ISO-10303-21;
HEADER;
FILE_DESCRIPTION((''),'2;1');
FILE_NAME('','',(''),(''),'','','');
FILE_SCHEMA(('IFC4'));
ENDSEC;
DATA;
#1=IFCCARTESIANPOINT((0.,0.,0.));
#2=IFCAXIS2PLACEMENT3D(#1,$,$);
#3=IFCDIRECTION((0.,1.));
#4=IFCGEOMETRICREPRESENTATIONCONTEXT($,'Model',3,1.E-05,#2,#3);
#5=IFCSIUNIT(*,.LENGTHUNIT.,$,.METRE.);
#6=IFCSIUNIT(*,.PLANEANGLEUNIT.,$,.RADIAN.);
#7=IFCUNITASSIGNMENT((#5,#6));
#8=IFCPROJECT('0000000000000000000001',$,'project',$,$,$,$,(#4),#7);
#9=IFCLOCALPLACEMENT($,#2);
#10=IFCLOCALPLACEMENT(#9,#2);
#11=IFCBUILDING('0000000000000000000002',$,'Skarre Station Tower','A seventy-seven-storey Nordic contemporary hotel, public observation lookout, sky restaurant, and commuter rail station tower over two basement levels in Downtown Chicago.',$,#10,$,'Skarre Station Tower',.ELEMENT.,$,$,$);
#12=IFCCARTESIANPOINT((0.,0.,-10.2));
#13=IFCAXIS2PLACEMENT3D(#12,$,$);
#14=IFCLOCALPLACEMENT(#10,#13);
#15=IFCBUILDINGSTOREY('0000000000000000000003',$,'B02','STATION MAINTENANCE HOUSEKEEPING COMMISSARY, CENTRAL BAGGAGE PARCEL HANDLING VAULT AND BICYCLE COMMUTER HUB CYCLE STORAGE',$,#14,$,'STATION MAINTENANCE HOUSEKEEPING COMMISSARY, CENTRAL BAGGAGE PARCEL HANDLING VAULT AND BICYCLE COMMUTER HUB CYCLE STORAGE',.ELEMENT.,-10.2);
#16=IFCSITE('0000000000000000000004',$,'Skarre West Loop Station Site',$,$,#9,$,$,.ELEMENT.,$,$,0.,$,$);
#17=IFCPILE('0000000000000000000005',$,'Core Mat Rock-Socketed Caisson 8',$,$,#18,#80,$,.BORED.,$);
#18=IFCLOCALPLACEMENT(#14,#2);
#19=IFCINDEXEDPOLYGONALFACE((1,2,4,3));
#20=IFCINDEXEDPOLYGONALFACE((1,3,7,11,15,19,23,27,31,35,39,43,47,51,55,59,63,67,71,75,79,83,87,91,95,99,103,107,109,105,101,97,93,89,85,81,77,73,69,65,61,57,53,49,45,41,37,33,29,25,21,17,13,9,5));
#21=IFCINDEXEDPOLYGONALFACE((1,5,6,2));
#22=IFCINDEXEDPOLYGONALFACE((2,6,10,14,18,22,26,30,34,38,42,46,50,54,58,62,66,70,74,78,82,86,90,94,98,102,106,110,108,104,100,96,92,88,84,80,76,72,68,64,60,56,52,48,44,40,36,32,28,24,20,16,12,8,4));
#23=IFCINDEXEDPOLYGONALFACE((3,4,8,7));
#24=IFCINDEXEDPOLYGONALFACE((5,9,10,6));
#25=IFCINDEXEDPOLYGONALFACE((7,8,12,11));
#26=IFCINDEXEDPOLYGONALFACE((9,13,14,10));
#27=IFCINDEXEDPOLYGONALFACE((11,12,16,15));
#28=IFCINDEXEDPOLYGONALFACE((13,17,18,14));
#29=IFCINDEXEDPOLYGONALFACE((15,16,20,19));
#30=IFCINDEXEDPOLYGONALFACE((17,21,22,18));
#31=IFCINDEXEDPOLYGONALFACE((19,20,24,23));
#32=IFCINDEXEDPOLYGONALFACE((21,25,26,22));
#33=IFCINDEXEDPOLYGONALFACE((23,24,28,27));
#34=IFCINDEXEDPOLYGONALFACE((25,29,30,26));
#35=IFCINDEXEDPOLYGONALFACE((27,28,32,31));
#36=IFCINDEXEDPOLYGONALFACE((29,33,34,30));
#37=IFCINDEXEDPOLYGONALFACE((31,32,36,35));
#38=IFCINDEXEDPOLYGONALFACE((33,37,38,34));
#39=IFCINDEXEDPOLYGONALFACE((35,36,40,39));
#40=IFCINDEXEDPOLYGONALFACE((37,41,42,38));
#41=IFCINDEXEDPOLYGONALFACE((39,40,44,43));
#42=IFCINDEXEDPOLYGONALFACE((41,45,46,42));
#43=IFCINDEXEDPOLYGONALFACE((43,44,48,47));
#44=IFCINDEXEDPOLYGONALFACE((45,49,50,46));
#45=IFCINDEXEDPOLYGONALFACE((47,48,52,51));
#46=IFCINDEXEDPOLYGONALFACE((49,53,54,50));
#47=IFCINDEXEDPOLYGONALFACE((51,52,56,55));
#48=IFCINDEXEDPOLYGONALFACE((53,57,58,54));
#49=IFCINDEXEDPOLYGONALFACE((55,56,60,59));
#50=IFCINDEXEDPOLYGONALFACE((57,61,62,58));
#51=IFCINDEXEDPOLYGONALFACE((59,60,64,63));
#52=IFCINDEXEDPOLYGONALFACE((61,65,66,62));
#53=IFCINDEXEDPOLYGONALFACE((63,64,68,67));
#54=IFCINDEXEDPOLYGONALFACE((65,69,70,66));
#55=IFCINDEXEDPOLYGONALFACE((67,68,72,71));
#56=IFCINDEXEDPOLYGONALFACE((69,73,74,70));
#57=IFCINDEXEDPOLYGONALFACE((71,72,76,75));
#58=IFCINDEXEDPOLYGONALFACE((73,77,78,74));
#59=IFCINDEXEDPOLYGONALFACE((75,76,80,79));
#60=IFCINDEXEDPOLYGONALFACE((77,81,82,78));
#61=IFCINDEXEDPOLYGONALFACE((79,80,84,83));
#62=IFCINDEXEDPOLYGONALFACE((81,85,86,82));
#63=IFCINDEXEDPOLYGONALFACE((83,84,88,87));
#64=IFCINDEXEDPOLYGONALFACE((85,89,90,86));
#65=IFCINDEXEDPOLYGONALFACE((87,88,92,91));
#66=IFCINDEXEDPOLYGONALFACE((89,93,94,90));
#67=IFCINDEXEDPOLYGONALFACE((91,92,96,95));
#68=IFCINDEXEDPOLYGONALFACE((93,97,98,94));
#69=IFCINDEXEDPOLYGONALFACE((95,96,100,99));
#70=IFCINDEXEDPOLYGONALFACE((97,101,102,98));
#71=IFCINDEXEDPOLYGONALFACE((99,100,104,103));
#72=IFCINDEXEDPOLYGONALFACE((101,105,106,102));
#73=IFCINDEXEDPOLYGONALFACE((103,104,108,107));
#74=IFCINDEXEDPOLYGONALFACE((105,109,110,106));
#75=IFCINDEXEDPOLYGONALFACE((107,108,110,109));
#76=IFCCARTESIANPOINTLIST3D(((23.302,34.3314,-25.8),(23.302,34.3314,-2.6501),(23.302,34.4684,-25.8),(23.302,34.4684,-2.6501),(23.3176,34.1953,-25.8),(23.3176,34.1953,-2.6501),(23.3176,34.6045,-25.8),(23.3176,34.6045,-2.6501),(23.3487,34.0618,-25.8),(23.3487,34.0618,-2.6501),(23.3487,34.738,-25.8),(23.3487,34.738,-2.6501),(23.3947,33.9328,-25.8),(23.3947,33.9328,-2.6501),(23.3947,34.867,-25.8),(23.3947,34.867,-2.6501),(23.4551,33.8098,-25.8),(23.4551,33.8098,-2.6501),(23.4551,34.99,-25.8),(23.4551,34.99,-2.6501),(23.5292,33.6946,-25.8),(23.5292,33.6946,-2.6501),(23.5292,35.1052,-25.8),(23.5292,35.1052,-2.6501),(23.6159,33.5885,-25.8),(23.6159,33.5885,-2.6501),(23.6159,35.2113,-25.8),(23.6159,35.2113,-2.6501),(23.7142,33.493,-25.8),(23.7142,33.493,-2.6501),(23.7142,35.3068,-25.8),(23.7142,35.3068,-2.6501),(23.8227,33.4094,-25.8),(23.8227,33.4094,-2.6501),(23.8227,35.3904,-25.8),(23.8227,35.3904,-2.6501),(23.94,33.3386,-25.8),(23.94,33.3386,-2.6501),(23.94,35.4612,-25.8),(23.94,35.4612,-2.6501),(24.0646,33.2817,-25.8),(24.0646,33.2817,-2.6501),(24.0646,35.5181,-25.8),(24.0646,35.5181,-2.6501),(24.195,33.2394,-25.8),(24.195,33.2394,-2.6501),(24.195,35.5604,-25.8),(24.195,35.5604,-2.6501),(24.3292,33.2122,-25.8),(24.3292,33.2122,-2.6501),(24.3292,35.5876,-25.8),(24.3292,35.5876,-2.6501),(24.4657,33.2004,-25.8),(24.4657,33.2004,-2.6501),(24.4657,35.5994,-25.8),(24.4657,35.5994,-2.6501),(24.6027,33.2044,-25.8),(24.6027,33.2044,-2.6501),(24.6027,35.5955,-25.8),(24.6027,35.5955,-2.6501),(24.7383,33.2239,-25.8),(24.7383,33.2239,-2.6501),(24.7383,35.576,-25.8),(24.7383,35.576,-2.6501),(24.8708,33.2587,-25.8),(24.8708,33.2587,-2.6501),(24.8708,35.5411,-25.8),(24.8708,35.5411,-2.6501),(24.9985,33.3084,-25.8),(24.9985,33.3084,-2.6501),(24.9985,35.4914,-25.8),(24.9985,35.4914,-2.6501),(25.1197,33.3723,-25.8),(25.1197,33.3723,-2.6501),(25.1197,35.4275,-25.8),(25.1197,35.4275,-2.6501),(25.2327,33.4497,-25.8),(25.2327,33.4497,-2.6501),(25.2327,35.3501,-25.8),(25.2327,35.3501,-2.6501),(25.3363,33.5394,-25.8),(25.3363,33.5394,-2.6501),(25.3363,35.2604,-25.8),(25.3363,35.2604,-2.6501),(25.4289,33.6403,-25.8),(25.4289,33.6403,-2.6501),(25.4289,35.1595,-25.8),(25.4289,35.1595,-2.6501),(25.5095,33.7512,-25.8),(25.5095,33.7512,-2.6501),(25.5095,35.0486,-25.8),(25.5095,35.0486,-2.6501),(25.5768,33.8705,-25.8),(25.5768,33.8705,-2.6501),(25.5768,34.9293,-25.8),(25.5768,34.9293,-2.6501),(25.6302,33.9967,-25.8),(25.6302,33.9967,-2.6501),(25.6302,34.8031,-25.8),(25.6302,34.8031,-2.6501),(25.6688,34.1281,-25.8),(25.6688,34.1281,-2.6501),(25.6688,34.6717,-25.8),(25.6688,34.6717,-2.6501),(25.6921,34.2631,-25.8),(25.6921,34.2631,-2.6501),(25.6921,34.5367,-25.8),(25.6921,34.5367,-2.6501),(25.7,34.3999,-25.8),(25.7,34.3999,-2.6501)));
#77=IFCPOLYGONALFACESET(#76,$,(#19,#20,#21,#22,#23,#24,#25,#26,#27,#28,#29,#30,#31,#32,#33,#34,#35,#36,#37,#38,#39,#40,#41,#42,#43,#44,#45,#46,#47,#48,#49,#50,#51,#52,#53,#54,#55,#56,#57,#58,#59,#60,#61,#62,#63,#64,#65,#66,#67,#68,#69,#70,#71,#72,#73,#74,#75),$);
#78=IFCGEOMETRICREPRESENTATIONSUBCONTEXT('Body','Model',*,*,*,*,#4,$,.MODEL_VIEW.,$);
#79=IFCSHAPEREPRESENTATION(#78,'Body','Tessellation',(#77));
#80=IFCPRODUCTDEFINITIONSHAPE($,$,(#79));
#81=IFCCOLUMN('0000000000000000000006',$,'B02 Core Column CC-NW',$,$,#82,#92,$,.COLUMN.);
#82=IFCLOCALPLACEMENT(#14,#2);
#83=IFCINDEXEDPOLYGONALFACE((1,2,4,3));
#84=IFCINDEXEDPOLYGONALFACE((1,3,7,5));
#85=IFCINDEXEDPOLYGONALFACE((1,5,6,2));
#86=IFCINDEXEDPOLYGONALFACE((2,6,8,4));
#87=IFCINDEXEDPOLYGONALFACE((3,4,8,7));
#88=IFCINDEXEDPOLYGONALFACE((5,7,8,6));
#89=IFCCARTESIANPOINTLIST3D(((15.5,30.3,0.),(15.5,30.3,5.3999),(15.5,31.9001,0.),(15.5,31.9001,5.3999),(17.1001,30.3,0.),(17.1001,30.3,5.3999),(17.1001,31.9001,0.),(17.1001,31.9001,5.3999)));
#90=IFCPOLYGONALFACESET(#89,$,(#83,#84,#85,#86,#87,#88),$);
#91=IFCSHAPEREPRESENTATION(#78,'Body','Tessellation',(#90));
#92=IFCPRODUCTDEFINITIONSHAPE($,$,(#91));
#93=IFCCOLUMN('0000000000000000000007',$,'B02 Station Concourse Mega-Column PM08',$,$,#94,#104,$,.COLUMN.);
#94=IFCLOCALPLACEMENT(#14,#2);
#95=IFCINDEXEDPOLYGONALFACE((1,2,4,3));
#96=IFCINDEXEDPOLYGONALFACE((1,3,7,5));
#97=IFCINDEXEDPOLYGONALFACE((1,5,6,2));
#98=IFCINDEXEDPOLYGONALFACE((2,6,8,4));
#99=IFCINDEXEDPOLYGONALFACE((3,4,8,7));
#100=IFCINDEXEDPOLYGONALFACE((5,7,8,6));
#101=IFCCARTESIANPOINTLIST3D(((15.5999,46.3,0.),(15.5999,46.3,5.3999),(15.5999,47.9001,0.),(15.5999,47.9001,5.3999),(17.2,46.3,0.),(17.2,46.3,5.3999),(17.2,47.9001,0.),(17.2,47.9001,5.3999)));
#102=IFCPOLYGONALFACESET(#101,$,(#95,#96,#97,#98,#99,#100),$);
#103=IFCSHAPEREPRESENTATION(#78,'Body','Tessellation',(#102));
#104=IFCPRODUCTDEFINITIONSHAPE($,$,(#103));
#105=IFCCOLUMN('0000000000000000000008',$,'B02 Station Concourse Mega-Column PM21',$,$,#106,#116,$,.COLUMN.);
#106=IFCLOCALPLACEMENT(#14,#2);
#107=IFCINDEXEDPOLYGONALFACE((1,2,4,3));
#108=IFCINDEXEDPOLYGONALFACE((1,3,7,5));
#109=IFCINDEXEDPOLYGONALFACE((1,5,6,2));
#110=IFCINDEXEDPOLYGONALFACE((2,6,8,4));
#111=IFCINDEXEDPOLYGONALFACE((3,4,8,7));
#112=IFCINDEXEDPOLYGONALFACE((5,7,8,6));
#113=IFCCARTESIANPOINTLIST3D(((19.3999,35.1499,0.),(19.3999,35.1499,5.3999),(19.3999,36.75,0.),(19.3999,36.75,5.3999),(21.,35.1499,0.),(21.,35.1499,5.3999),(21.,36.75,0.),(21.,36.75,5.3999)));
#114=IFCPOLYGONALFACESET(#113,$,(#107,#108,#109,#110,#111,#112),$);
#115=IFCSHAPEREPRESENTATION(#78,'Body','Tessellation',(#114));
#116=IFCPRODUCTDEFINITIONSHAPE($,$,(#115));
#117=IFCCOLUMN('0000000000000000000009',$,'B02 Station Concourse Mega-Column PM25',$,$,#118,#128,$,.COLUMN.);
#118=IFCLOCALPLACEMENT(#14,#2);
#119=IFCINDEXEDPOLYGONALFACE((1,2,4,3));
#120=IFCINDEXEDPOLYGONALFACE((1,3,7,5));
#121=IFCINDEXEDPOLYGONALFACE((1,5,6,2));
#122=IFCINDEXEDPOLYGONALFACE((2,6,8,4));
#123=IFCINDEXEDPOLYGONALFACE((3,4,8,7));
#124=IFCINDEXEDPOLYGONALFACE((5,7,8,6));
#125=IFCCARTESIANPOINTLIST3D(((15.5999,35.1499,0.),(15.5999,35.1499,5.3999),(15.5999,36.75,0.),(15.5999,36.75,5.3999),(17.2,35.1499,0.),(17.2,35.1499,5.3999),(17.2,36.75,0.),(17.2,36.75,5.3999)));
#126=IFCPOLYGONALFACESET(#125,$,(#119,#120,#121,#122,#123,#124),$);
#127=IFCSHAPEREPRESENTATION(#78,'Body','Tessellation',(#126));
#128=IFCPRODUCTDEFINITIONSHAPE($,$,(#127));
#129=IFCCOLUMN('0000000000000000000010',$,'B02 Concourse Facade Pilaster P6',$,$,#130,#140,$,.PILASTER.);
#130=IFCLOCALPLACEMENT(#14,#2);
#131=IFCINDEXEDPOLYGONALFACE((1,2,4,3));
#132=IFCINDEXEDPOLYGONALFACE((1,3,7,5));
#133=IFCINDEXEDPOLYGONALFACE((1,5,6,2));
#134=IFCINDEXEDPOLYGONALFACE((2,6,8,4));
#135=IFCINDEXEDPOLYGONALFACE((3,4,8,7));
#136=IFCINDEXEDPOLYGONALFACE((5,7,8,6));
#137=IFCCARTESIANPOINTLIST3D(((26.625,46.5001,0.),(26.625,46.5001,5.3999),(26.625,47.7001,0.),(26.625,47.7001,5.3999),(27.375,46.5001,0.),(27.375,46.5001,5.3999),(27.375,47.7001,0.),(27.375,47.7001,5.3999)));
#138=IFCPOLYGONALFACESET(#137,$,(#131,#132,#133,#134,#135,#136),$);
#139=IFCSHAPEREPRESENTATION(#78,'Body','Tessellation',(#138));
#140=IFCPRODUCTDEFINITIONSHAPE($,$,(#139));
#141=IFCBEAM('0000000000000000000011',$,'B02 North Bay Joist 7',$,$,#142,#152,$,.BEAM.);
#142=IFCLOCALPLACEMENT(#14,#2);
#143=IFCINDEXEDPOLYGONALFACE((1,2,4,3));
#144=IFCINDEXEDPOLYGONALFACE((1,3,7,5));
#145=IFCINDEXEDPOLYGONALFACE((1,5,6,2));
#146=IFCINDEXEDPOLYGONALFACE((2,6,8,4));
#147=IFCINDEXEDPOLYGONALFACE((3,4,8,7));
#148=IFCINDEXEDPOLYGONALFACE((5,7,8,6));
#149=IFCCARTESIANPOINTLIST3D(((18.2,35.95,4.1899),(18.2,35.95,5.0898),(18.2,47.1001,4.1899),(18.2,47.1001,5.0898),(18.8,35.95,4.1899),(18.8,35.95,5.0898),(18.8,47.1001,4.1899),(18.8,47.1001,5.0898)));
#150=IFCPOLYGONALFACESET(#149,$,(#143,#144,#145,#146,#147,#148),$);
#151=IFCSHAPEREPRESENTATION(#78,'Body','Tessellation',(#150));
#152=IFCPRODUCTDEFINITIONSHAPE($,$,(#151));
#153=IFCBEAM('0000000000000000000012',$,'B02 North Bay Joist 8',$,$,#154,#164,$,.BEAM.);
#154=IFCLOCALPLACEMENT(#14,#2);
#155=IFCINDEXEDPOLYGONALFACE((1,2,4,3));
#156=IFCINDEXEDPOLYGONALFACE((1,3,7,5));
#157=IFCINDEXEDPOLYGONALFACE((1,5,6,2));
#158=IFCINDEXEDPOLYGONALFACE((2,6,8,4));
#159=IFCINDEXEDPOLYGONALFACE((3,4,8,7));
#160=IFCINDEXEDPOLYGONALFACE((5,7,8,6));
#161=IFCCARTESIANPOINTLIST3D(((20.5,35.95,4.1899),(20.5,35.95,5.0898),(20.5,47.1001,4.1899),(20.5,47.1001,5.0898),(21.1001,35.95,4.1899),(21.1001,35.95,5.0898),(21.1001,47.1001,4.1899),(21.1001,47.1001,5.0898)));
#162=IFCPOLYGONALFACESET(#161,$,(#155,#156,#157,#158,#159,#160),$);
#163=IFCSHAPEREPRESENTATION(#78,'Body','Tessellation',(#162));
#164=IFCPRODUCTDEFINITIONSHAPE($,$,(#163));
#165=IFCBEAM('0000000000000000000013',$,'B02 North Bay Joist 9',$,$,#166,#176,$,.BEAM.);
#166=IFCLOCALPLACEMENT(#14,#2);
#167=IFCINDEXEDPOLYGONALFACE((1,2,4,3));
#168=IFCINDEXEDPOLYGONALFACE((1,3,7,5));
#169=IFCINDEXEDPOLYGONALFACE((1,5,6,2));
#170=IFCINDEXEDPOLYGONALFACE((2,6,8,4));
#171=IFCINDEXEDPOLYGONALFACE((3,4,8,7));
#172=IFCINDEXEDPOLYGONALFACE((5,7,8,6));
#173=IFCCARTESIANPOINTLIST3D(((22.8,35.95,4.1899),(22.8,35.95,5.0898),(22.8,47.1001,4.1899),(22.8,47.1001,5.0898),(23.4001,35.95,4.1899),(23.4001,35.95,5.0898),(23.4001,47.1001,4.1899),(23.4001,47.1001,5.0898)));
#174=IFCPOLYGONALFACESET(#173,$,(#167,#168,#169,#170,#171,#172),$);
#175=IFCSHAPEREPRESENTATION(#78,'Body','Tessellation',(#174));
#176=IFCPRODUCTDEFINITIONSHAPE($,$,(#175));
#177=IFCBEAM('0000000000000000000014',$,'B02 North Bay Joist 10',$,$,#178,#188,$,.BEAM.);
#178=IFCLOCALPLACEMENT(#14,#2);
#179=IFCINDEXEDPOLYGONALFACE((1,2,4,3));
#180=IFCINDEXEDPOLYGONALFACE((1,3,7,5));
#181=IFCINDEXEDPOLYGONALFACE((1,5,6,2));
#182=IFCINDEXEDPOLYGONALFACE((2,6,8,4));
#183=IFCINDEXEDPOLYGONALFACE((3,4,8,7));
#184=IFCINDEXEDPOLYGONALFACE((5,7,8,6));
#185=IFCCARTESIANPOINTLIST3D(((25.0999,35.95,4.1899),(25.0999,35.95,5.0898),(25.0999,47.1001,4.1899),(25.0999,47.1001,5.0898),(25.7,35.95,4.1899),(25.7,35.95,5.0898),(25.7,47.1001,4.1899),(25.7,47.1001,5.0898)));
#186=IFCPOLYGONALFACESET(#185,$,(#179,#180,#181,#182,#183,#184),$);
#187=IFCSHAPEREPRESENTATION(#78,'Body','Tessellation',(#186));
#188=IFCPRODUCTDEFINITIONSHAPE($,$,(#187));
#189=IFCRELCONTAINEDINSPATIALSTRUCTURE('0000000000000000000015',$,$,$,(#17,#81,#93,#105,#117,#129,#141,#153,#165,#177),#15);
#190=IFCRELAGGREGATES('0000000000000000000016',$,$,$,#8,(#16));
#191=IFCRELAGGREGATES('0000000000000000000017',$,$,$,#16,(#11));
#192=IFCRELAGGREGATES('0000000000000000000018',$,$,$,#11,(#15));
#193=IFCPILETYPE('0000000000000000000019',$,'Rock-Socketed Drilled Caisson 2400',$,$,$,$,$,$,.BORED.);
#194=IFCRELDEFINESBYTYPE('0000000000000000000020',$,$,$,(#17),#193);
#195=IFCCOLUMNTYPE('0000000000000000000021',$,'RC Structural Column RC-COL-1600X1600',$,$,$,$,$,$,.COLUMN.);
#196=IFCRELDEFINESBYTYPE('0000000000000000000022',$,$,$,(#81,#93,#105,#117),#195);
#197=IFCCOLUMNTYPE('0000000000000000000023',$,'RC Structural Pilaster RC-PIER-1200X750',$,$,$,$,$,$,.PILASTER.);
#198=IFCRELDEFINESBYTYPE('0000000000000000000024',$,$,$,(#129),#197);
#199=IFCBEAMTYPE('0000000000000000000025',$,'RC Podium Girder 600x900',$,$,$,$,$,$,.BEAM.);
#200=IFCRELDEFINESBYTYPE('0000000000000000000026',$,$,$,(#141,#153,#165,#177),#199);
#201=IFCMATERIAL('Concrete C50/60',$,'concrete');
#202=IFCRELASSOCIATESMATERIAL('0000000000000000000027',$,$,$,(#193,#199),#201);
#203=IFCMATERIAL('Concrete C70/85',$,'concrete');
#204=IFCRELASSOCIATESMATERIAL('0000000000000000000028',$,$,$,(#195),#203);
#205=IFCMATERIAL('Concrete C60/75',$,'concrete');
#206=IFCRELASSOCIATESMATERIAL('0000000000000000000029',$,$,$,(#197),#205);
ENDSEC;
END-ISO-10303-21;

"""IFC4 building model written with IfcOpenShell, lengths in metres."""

from ifc_helpers import new_model, si_unit, direction, frame, origin, origin_2d, place, context, subcontext, project, spatial, rectangle, circle, extrude, material, material_profile, profile_set, type_object, element, save


model = new_model("IFC4")

# Units and contexts
model_context = context("Model", 3, precision=1e-05, world=origin(), true_north=direction((0.0, 1.0)))
body_context = subcontext(model_context, "Body", "Model", "MODEL_VIEW")
ifc_project = project(units=[si_unit("LENGTHUNIT", "METRE"), si_unit("PLANEANGLEUNIT", "RADIAN")], contexts=[model_context])

# Site, building, storey
site_placement = place(None, origin())
site = spatial("IfcSite", under=ifc_project, at=site_placement, Name="Skarre West Loop Station Site", CompositionType="ELEMENT", RefElevation=0.0)
building_placement = place(site_placement, origin())
building = spatial("IfcBuilding", under=site, at=building_placement, Name="Skarre Station Tower", Description="A seventy-seven-storey Nordic contemporary hotel, public observation lookout, sky restaurant, and commuter rail station tower over two basement levels in Downtown Chicago.", LongName="Skarre Station Tower", CompositionType="ELEMENT")
storey_placement = place(building_placement, frame((0.0, 0.0, -10.2)))
storey = spatial("IfcBuildingStorey", under=building, at=storey_placement, Name="B02", Description="STATION MAINTENANCE HOUSEKEEPING COMMISSARY, CENTRAL BAGGAGE PARCEL HANDLING VAULT AND BICYCLE COMMUTER HUB CYCLE STORAGE", LongName="STATION MAINTENANCE HOUSEKEEPING COMMISSARY, CENTRAL BAGGAGE PARCEL HANDLING VAULT AND BICYCLE COMMUTER HUB CYCLE STORAGE", CompositionType="ELEMENT", Elevation=-10.2)

# Shared definitions
ifc_material_1 = material(Name="Concrete C50/60", Category="concrete")

# Pile
ifc_material_profile_1 = material_profile(ifc_material_1, circle(Radius=1.2, at=origin_2d()), Name="Concrete C50/60")
ifc_profile_set_1 = profile_set([ifc_material_profile_1], Name="Concrete C50/60")
pile_type_1 = type_object("IfcPileType", Name="Rock-Socketed Drilled Caisson 2400", PredefinedType="BORED", material=ifc_profile_set_1)
for number, where, z_axis, x_axis, name in (
    (1, (24.5, 34.3999, -2.6501), (0.0, 0.0, -1.0), (1.0, 0.0, 0.0), "Core Mat Rock-Socketed Caisson 8"),
):
    element("IfcPile", number, at=place(storey_placement, frame(where, z_axis=z_axis, x_axis=x_axis)), inside=storey, type_object=pile_type_1, Name=name, PredefinedType="BORED", context=body_context, shape_type="SweptSolid", body=[
        extrude(circle(Radius=1.2, at=origin_2d()), origin(), (0.0, 0.0, 1.0), 23.1499),
    ])

# Columns
ifc_material_2 = material(Name="Concrete C70/85", Category="concrete")
ifc_material_profile_2 = material_profile(ifc_material_2, rectangle(XDim=1.6001, YDim=1.6001, at=origin_2d()), Name="Concrete C70/85")
ifc_profile_set_2 = profile_set([ifc_material_profile_2], Name="Concrete C70/85")
column_type_1 = type_object("IfcColumnType", Name="RC Structural Column RC-COL-1600X1600", PredefinedType="COLUMN", material=ifc_profile_set_2)
for number, where, z_axis, x_axis, name in (
    (2, (16.3, 31.1001, 0.0), (0.0, 0.0, 1.0), (1.0, 0.0, 0.0), "B02 Core Column CC-NW"),
    (3, (16.3999, 47.1001, 0.0), (0.0, 0.0, 1.0), (1.0, 0.0, 0.0), "B02 Station Concourse Mega-Column PM08"),
    (4, (20.2, 35.95, 0.0), (0.0, 0.0, 1.0), (1.0, 0.0, 0.0), "B02 Station Concourse Mega-Column PM21"),
    (5, (16.3999, 35.95, 0.0), (0.0, 0.0, 1.0), (1.0, 0.0, 0.0), "B02 Station Concourse Mega-Column PM25"),
):
    element("IfcColumn", number, at=place(storey_placement, frame(where, z_axis=z_axis, x_axis=x_axis)), inside=storey, type_object=column_type_1, Name=name, PredefinedType="COLUMN", context=body_context, shape_type="SweptSolid", body=[
        extrude(rectangle(XDim=1.6001, YDim=1.6001, at=origin_2d()), origin(), (0.0, 0.0, 1.0), 5.3999),
    ])
ifc_material_3 = material(Name="Concrete C60/75", Category="concrete")
ifc_material_profile_3 = material_profile(ifc_material_3, rectangle(XDim=0.75, YDim=1.2, at=origin_2d()), Name="Concrete C60/75")
ifc_profile_set_3 = profile_set([ifc_material_profile_3], Name="Concrete C60/75")
column_type_2 = type_object("IfcColumnType", Name="RC Structural Pilaster RC-PIER-1200X750", PredefinedType="PILASTER", material=ifc_profile_set_3)
column_placement = place(storey_placement, frame((27.0, 47.1001, 0.0), z_axis=(0.0, 0.0, 1.0), x_axis=(1.0, 0.0, 0.0)))
element("IfcColumn", 6, at=column_placement, inside=storey, type_object=column_type_2, Name="B02 Concourse Facade Pilaster P6", PredefinedType="PILASTER", context=body_context, shape_type="SweptSolid", body=[
    extrude(rectangle(XDim=0.75, YDim=1.2, at=origin_2d()), origin(), (0.0, 0.0, 1.0), 5.3999),
])

# Beams
ifc_material_profile_4 = material_profile(ifc_material_1, rectangle(XDim=0.6001, YDim=0.8999, at=origin_2d()), Name="Concrete C50/60")
ifc_profile_set_4 = profile_set([ifc_material_profile_4], Name="Concrete C50/60")
beam_type_1 = type_object("IfcBeamType", Name="RC Podium Girder 600x900", PredefinedType="BEAM", material=ifc_profile_set_4)
for number, where, z_axis, x_axis, name in (
    (7, (18.5, 35.95, 4.6399), (0.0, 1.0, 0.0), (-1.0, 0.0, 0.0), "B02 North Bay Joist 7"),
    (8, (20.8, 35.95, 4.6399), (0.0, 1.0, 0.0), (-1.0, 0.0, 0.0), "B02 North Bay Joist 8"),
    (9, (23.1001, 35.95, 4.6399), (0.0, 1.0, 0.0), (-1.0, 0.0, 0.0), "B02 North Bay Joist 9"),
    (10, (25.3999, 35.95, 4.6399), (0.0, 1.0, 0.0), (-1.0, 0.0, 0.0), "B02 North Bay Joist 10"),
):
    element("IfcBeam", number, at=place(storey_placement, frame(where, z_axis=z_axis, x_axis=x_axis)), inside=storey, type_object=beam_type_1, Name=name, PredefinedType="BEAM", context=body_context, shape_type="SweptSolid", body=[
        extrude(rectangle(XDim=0.6001, YDim=0.8999, at=origin_2d()), origin(), (0.0, 0.0, 1.0), 11.1501),
    ])

save(model, "model.ifc")
